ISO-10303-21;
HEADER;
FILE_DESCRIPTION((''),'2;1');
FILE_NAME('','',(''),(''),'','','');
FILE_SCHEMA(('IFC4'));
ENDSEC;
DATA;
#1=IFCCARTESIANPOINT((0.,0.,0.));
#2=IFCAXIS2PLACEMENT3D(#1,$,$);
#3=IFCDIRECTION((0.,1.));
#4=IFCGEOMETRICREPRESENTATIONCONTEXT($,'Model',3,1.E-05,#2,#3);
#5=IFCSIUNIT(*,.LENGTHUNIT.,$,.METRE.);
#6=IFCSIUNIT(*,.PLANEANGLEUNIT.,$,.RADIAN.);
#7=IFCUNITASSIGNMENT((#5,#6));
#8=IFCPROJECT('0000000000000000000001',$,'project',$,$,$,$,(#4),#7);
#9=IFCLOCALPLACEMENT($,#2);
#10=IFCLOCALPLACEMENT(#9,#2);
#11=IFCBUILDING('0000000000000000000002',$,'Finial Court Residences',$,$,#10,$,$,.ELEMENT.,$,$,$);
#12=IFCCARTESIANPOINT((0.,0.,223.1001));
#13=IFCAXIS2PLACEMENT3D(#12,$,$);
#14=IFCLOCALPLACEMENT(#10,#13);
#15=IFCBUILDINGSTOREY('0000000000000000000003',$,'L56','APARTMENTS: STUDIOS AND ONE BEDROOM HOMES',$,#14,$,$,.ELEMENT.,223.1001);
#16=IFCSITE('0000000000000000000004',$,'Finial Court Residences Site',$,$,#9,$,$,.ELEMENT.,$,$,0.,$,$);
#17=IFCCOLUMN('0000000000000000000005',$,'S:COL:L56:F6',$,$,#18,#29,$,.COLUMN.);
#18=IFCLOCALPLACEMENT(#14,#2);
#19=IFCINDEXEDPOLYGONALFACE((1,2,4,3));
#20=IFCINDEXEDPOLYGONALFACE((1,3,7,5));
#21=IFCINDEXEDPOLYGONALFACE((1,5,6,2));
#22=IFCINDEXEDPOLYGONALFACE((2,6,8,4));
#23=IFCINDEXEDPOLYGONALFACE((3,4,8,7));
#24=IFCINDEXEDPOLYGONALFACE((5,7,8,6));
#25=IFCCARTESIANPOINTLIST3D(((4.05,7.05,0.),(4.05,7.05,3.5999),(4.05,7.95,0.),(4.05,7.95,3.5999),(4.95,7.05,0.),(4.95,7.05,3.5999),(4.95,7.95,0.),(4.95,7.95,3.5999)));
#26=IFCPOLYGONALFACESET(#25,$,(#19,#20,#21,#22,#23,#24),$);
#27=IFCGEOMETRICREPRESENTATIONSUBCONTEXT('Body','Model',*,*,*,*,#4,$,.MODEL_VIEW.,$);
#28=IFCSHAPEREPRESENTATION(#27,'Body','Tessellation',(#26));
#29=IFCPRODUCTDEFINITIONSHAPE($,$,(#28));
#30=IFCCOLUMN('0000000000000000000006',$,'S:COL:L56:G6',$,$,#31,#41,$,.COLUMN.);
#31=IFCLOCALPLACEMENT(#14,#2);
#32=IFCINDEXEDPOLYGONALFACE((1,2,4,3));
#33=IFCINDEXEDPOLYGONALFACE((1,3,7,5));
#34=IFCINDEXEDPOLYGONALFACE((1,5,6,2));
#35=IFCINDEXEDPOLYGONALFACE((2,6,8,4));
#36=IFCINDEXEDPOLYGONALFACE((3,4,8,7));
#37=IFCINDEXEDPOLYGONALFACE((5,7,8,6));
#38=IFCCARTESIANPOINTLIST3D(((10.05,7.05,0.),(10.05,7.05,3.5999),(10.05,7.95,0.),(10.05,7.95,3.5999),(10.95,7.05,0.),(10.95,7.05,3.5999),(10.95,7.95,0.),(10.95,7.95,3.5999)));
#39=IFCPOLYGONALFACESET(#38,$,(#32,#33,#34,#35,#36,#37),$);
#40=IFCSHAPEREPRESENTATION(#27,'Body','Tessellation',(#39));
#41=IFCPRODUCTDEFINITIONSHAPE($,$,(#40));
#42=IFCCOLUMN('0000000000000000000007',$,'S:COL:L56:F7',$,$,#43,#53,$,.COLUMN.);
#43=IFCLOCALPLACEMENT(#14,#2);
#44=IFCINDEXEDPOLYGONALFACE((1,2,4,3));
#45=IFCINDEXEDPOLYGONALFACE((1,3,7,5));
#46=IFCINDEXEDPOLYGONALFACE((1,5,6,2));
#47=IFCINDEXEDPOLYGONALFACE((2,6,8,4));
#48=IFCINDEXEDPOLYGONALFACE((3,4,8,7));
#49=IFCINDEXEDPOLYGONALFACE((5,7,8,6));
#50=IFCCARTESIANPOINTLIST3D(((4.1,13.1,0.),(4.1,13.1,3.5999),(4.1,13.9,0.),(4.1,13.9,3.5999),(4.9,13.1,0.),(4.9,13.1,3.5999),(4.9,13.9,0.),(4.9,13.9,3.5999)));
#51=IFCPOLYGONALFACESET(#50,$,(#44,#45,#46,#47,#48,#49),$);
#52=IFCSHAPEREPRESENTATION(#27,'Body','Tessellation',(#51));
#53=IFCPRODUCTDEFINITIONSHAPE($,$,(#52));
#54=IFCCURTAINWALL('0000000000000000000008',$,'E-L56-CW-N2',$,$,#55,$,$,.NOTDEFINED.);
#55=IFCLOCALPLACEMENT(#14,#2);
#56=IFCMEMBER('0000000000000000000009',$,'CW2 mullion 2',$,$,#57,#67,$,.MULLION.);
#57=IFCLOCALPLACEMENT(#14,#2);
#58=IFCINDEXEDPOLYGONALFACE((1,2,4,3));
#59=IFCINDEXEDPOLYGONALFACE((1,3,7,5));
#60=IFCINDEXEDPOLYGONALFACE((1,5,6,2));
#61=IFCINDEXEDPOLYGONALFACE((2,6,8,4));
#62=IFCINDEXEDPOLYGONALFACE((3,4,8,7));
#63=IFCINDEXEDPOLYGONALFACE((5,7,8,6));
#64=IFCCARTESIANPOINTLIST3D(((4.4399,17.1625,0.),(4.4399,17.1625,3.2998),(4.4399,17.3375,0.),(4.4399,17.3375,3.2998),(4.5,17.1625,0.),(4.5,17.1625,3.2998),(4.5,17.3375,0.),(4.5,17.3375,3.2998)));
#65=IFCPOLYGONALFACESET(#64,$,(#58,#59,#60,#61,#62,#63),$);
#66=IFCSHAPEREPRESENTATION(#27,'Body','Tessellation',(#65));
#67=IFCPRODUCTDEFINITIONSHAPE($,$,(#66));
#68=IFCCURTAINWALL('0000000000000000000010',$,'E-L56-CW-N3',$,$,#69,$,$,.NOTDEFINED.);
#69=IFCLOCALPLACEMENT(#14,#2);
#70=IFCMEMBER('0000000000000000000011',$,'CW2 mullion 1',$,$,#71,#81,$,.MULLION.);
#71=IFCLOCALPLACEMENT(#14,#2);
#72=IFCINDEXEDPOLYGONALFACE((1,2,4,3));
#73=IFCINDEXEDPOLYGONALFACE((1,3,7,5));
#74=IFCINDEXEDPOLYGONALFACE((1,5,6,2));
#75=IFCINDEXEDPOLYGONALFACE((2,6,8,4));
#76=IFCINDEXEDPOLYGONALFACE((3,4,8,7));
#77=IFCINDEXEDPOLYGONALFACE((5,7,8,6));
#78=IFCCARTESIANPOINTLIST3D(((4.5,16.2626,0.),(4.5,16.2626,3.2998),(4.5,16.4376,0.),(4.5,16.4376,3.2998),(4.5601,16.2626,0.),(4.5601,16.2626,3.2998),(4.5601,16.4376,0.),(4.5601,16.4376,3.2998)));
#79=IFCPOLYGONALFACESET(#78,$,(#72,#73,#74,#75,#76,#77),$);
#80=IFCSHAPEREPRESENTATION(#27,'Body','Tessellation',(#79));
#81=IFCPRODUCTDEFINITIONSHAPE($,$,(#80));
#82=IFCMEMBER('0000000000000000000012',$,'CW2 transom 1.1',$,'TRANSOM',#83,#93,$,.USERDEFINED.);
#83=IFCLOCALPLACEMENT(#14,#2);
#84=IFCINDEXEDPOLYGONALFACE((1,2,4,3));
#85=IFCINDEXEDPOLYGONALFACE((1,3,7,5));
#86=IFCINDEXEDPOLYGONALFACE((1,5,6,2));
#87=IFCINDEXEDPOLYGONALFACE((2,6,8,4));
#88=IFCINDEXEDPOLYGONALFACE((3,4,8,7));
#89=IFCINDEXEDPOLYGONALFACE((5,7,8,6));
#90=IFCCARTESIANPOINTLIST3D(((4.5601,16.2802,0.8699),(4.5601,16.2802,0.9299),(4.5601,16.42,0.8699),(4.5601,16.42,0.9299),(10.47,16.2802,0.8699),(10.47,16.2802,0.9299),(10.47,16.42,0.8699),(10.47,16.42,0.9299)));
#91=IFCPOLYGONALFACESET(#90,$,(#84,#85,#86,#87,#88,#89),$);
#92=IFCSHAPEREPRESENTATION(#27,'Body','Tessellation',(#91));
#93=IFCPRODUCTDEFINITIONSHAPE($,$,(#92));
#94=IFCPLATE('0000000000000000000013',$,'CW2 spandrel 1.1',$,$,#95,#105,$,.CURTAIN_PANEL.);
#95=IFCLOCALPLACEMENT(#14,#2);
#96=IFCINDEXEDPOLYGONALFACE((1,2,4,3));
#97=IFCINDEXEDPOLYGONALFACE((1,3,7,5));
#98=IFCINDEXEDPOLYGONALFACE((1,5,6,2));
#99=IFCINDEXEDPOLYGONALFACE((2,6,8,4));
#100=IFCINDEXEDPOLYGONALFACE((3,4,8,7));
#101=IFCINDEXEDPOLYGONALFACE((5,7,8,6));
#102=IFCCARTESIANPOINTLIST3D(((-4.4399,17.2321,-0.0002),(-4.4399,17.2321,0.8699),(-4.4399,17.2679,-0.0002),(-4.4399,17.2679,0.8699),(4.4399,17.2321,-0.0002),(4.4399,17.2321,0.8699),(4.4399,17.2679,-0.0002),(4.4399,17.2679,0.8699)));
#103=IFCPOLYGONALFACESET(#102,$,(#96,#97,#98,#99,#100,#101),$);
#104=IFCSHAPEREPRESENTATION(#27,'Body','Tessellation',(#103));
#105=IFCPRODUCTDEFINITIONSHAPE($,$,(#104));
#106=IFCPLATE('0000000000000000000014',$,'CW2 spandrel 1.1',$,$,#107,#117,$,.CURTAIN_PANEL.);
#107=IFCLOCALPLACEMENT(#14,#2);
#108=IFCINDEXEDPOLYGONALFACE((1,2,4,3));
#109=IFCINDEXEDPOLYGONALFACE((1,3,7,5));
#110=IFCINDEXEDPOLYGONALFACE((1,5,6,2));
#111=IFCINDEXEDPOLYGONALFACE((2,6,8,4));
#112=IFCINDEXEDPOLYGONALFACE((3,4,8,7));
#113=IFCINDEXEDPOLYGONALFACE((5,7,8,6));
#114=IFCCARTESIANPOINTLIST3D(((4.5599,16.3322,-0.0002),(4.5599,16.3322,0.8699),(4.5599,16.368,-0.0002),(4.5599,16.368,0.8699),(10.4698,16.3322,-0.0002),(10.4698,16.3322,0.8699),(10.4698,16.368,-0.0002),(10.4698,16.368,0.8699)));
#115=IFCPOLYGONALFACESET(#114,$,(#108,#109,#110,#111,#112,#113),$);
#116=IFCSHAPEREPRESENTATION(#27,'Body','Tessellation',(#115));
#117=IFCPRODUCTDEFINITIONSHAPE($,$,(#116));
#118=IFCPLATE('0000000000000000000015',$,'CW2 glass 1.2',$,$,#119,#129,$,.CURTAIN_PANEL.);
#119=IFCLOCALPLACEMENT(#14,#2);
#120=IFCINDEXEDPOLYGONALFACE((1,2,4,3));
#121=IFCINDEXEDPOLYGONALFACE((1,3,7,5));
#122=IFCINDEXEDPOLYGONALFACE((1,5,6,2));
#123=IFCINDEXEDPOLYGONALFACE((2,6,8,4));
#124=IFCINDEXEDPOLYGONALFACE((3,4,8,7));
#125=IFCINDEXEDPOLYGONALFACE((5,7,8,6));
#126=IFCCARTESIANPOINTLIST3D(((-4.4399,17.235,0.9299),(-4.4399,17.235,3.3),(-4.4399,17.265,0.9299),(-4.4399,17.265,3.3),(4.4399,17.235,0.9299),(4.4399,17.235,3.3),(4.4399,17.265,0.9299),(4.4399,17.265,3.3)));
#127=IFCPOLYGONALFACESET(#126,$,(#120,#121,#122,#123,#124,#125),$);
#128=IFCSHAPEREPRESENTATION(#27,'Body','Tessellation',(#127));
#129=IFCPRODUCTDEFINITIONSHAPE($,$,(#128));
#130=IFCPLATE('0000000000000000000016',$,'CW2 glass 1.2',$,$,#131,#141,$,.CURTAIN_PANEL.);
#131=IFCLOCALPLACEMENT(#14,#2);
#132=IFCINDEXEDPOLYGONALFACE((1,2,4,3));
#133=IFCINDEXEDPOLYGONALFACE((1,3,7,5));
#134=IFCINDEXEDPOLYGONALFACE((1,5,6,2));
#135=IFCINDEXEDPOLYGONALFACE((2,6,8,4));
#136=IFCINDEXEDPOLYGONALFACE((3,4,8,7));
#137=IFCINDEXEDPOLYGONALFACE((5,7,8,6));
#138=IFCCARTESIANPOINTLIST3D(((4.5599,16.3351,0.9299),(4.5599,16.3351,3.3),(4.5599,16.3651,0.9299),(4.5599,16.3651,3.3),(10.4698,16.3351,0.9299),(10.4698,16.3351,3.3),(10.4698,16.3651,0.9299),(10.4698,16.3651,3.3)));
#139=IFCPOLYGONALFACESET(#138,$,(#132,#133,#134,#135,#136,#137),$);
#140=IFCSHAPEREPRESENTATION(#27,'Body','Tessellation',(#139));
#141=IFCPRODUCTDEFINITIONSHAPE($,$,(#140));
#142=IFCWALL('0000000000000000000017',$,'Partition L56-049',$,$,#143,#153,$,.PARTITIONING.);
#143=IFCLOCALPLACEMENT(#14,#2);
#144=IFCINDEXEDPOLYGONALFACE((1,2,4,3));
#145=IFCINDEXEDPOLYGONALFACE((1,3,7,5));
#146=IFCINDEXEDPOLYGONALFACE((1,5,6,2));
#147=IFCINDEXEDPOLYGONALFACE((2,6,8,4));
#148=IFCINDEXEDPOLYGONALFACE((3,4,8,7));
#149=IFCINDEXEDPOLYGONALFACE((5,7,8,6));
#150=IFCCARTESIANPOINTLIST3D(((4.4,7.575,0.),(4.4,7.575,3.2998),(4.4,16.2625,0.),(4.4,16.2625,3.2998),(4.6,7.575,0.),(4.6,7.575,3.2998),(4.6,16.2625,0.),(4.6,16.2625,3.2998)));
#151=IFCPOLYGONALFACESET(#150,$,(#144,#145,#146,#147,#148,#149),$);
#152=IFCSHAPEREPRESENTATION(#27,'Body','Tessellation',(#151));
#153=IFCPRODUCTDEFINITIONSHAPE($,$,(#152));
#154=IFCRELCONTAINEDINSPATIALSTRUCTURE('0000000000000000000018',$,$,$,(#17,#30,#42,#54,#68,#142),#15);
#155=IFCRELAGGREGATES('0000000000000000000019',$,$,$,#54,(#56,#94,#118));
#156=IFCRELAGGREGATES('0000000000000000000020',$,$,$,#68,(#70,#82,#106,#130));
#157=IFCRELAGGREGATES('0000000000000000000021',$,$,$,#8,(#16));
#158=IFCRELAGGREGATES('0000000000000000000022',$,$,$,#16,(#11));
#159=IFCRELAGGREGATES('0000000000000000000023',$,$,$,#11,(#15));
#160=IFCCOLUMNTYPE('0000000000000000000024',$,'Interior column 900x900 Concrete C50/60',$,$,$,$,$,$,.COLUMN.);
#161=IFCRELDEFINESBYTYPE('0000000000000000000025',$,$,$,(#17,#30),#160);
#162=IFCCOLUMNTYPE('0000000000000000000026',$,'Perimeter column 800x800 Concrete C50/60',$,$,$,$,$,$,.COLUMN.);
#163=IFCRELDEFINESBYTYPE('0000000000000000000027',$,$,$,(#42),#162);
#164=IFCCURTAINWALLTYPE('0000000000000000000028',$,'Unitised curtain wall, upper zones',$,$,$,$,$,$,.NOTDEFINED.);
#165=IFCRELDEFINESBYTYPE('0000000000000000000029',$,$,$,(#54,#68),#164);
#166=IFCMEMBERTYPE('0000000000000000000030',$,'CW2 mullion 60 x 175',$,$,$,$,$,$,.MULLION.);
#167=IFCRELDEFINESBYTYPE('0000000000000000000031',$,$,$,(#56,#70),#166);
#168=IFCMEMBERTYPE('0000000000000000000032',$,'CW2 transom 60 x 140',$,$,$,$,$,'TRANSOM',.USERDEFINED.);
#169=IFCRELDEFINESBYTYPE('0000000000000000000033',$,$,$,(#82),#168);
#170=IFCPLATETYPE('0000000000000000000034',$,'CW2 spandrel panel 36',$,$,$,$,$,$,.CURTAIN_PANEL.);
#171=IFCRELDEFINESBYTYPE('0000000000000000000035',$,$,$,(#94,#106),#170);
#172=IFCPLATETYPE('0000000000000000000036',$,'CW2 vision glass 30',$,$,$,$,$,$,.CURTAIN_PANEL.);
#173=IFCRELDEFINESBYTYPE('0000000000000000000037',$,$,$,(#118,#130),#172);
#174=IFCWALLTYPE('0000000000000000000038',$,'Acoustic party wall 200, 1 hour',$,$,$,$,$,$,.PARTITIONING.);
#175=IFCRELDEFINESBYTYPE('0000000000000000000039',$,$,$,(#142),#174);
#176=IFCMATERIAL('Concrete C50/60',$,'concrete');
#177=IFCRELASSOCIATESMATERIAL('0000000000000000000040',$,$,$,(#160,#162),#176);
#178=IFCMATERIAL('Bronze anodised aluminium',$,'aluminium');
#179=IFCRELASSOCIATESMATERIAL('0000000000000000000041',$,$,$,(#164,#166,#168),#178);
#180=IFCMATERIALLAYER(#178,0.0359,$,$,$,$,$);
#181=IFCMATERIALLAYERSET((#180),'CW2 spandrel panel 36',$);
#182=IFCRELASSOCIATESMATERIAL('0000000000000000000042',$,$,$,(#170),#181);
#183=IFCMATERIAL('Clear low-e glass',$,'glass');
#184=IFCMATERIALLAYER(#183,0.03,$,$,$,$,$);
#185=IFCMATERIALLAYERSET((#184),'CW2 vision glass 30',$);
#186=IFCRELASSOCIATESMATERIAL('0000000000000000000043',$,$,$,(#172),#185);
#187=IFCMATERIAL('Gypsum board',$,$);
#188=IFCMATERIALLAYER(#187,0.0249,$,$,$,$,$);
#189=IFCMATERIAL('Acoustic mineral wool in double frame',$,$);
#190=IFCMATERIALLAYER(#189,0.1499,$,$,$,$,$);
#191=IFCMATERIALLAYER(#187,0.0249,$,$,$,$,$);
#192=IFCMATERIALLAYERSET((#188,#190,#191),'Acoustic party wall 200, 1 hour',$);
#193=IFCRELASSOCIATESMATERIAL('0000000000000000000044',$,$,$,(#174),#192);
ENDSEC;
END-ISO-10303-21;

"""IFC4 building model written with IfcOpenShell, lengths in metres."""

from ifc_helpers import new_model, si_unit, direction, frame, frame_2d, origin, origin_2d, place, context, subcontext, project, spatial, rectangle, extrude, material, layer, layer_set, material_profile, profile_set, type_object, element, aggregate, save


model = new_model("IFC4")

# Units and contexts
model_context = context("Model", 3, precision=1e-05, world=origin(), true_north=direction((0.0, 1.0)))
body_context = subcontext(model_context, "Body", "Model", "MODEL_VIEW")
ifc_project = project(units=[si_unit("LENGTHUNIT", "METRE"), si_unit("PLANEANGLEUNIT", "RADIAN")], contexts=[model_context])

# Site, building, storey
site_placement = place(None, origin())
site = spatial("IfcSite", under=ifc_project, at=site_placement, Name="Finial Court Residences Site", CompositionType="ELEMENT", RefElevation=0.0)
building_placement = place(site_placement, origin())
building = spatial("IfcBuilding", under=site, at=building_placement, Name="Finial Court Residences", CompositionType="ELEMENT")
storey_placement = place(building_placement, frame((0.0, 0.0, 223.1001)))
storey = spatial("IfcBuildingStorey", under=building, at=storey_placement, Name="L56", Description="APARTMENTS: STUDIOS AND ONE BEDROOM HOMES", CompositionType="ELEMENT", Elevation=223.1001)

# Columns
ifc_material_1 = material(Name="Concrete C50/60", Category="concrete")
ifc_material_profile_1 = material_profile(ifc_material_1, rectangle(XDim=0.8999, YDim=0.8999, at=origin_2d()), Name="900x900")
ifc_profile_set_1 = profile_set([ifc_material_profile_1], Name="Concrete C50/60")
column_type_1 = type_object("IfcColumnType", Name="Interior column 900x900 Concrete C50/60", PredefinedType="COLUMN", material=ifc_profile_set_1)
for number, where, z_axis, x_axis, name in (
    (1, (4.5, 7.5, 0.0), (0.0, 0.0, 1.0), (1.0, 0.0, 0.0), "S:COL:L56:F6"),
    (2, (10.5, 7.5, 0.0), (0.0, 0.0, 1.0), (1.0, 0.0, 0.0), "S:COL:L56:G6"),
):
    element("IfcColumn", number, at=place(storey_placement, frame(where, z_axis=z_axis, x_axis=x_axis)), inside=storey, type_object=column_type_1, Name=name, PredefinedType="COLUMN", context=body_context, shape_type="SweptSolid", body=[
        extrude(rectangle(XDim=0.8999, YDim=0.8999, at=origin_2d()), origin(), (0.0, 0.0, 1.0), 3.5999),
    ])
ifc_material_profile_2 = material_profile(ifc_material_1, rectangle(XDim=0.8, YDim=0.8, at=origin_2d()), Name="800x800")
ifc_profile_set_2 = profile_set([ifc_material_profile_2], Name="Concrete C50/60")
column_type_2 = type_object("IfcColumnType", Name="Perimeter column 800x800 Concrete C50/60", PredefinedType="COLUMN", material=ifc_profile_set_2)
column_placement = place(storey_placement, frame((4.5, 13.5, 0.0), z_axis=(0.0, 0.0, 1.0), x_axis=(1.0, 0.0, 0.0)))
element("IfcColumn", 3, at=column_placement, inside=storey, type_object=column_type_2, Name="S:COL:L56:F7", PredefinedType="COLUMN", context=body_context, shape_type="SweptSolid", body=[
    extrude(rectangle(XDim=0.8, YDim=0.8, at=origin_2d()), origin(), (0.0, 0.0, 1.0), 3.5999),
])

# Curtain wall, member
ifc_material_2 = material(Name="Bronze anodised aluminium", Category="aluminium")
curtain_wall_type = type_object("IfcCurtainWallType", Name="Unitised curtain wall, upper zones", PredefinedType="NOTDEFINED", material=ifc_material_2)
curtain_wall_1_placement = place(storey_placement, origin())
curtain_wall_1 = element("IfcCurtainWall", 4, at=curtain_wall_1_placement, inside=storey, type_object=curtain_wall_type, Name="E-L56-CW-N2", PredefinedType="NOTDEFINED")
ifc_material_profile_3 = material_profile(ifc_material_2, rectangle(XDim=0.175, YDim=0.0601, at=origin_2d()), Name="CW2 mullion 60 x 175")
ifc_profile_set_3 = profile_set([ifc_material_profile_3], Name="Bronze anodised aluminium")
member_type_1 = type_object("IfcMemberType", Name="CW2 mullion 60 x 175", PredefinedType="MULLION", material=ifc_profile_set_3)
member_1_placement = place(storey_placement, frame((4.47, 17.25, 0.0), z_axis=(0.0, 0.0, 1.0), x_axis=(0.0, 1.0, 0.0)))
member_1 = element("IfcMember", 5, at=member_1_placement, type_object=member_type_1, Name="CW2 mullion 2", PredefinedType="MULLION", context=body_context, shape_type="SweptSolid", body=[
    extrude(rectangle(XDim=0.175, YDim=0.0601, at=origin_2d()), origin(), (0.0, 0.0, 1.0), 3.2998),
])

# Curtain wall, members
curtain_wall_2_placement = place(storey_placement, origin())
curtain_wall_2 = element("IfcCurtainWall", 6, at=curtain_wall_2_placement, inside=storey, type_object=curtain_wall_type, Name="E-L56-CW-N3", PredefinedType="NOTDEFINED")
member_2_placement = place(storey_placement, frame((4.53, 16.3501, 0.0), z_axis=(0.0, 0.0, 1.0), x_axis=(0.0, 1.0, 0.0)))
member_2 = element("IfcMember", 7, at=member_2_placement, type_object=member_type_1, Name="CW2 mullion 1", PredefinedType="MULLION", context=body_context, shape_type="SweptSolid", body=[
    extrude(rectangle(XDim=0.175, YDim=0.0601, at=origin_2d()), origin(), (0.0, 0.0, 1.0), 3.2998),
])
ifc_material_profile_4 = material_profile(ifc_material_2, rectangle(XDim=0.1399, YDim=0.0601, at=origin_2d()), Name="CW2 transom 60 x 140")
ifc_profile_set_4 = profile_set([ifc_material_profile_4], Name="Bronze anodised aluminium")
member_type_2 = type_object("IfcMemberType", Name="CW2 transom 60 x 140", ElementType="TRANSOM", PredefinedType="USERDEFINED", material=ifc_profile_set_4)
member_3_placement = place(storey_placement, frame((4.5601, 16.3501, 0.8999), z_axis=(1.0, 0.0, 0.0), x_axis=(0.0, 1.0, 0.0)))
member_3 = element("IfcMember", 8, at=member_3_placement, type_object=member_type_2, Name="CW2 transom 1.1", ObjectType="TRANSOM", PredefinedType="USERDEFINED", context=body_context, shape_type="SweptSolid", body=[
    extrude(rectangle(XDim=0.1399, YDim=0.0601, at=origin_2d()), origin(), (0.0, 0.0, 1.0), 5.9099),
])

# Plates
ifc_layer_1 = layer(ifc_material_2, 0.0359)
ifc_layer_set_1 = layer_set([ifc_layer_1], Name="CW2 spandrel panel 36")
plate_type_1 = type_object("IfcPlateType", Name="CW2 spandrel panel 36", PredefinedType="CURTAIN_PANEL", material=ifc_layer_set_1)
plate_1_placement = place(storey_placement, frame((0.0, 17.25, -0.0002), z_axis=(0.0, 0.0, 1.0), x_axis=(1.0, 0.0, 0.0)))
plate_1 = element("IfcPlate", 9, at=plate_1_placement, type_object=plate_type_1, Name="CW2 spandrel 1.1", PredefinedType="CURTAIN_PANEL", context=body_context, shape_type="SweptSolid", body=[
    extrude(rectangle(XDim=8.8799, YDim=0.0359, at=origin_2d()), origin(), (0.0, 0.0, 1.0), 0.8701),
])
plate_2_placement = place(storey_placement, frame((7.5149, 16.3501, -0.0002), z_axis=(0.0, 0.0, 1.0), x_axis=(1.0, 0.0, 0.0)))
plate_2 = element("IfcPlate", 10, at=plate_2_placement, type_object=plate_type_1, Name="CW2 spandrel 1.1", PredefinedType="CURTAIN_PANEL", context=body_context, shape_type="SweptSolid", body=[
    extrude(rectangle(XDim=5.9099, YDim=0.0359, at=origin_2d()), origin(), (0.0, 0.0, 1.0), 0.8701),
])
ifc_material_3 = material(Name="Clear low-e glass", Category="glass")
ifc_layer_2 = layer(ifc_material_3, 0.03)
ifc_layer_set_2 = layer_set([ifc_layer_2], Name="CW2 vision glass 30")
plate_type_2 = type_object("IfcPlateType", Name="CW2 vision glass 30", PredefinedType="CURTAIN_PANEL", material=ifc_layer_set_2)
plate_3_placement = place(storey_placement, frame((0.0, 17.25, 0.9299), z_axis=(0.0, 0.0, 1.0), x_axis=(1.0, 0.0, 0.0)))
plate_3 = element("IfcPlate", 11, at=plate_3_placement, type_object=plate_type_2, Name="CW2 glass 1.2", PredefinedType="CURTAIN_PANEL", context=body_context, shape_type="SweptSolid", body=[
    extrude(rectangle(XDim=8.8799, YDim=0.03, at=origin_2d()), origin(), (0.0, 0.0, 1.0), 2.3701),
])
aggregate(curtain_wall_1, [member_1, plate_1, plate_3])
plate_4_placement = place(storey_placement, frame((7.5149, 16.3501, 0.9299), z_axis=(0.0, 0.0, 1.0), x_axis=(1.0, 0.0, 0.0)))
plate_4 = element("IfcPlate", 12, at=plate_4_placement, type_object=plate_type_2, Name="CW2 glass 1.2", PredefinedType="CURTAIN_PANEL", context=body_context, shape_type="SweptSolid", body=[
    extrude(rectangle(XDim=5.9099, YDim=0.03, at=origin_2d()), origin(), (0.0, 0.0, 1.0), 2.3701),
])
aggregate(curtain_wall_2, [member_2, member_3, plate_2, plate_4])

# Wall
ifc_material_4 = material(Name="Gypsum board")
ifc_layer_3 = layer(ifc_material_4, 0.0249)
ifc_material_5 = material(Name="Acoustic mineral wool in double frame")
ifc_layer_4 = layer(ifc_material_5, 0.1499)
ifc_layer_5 = layer(ifc_material_4, 0.0249)
ifc_layer_set_3 = layer_set([ifc_layer_3, ifc_layer_4, ifc_layer_5], Name="Acoustic party wall 200, 1 hour")
wall_type_1 = type_object("IfcWallType", Name="Acoustic party wall 200, 1 hour", PredefinedType="PARTITIONING", material=ifc_layer_set_3)
wall_1_placement = place(storey_placement, frame((4.5, 7.575, 0.0), z_axis=(0.0, 0.0, 1.0), x_axis=(0.0, 1.0, 0.0)))
element("IfcWall", 13, at=wall_1_placement, inside=storey, type_object=wall_type_1, Name="Partition L56-049", PredefinedType="PARTITIONING", context=body_context, shape_type="SweptSolid", body=[
    extrude(rectangle(XDim=8.6875, YDim=0.2, at=frame_2d((4.3438, 0.0))), origin(), (0.0, 0.0, 1.0), 3.2998),
])

save(model, "model.ifc")
